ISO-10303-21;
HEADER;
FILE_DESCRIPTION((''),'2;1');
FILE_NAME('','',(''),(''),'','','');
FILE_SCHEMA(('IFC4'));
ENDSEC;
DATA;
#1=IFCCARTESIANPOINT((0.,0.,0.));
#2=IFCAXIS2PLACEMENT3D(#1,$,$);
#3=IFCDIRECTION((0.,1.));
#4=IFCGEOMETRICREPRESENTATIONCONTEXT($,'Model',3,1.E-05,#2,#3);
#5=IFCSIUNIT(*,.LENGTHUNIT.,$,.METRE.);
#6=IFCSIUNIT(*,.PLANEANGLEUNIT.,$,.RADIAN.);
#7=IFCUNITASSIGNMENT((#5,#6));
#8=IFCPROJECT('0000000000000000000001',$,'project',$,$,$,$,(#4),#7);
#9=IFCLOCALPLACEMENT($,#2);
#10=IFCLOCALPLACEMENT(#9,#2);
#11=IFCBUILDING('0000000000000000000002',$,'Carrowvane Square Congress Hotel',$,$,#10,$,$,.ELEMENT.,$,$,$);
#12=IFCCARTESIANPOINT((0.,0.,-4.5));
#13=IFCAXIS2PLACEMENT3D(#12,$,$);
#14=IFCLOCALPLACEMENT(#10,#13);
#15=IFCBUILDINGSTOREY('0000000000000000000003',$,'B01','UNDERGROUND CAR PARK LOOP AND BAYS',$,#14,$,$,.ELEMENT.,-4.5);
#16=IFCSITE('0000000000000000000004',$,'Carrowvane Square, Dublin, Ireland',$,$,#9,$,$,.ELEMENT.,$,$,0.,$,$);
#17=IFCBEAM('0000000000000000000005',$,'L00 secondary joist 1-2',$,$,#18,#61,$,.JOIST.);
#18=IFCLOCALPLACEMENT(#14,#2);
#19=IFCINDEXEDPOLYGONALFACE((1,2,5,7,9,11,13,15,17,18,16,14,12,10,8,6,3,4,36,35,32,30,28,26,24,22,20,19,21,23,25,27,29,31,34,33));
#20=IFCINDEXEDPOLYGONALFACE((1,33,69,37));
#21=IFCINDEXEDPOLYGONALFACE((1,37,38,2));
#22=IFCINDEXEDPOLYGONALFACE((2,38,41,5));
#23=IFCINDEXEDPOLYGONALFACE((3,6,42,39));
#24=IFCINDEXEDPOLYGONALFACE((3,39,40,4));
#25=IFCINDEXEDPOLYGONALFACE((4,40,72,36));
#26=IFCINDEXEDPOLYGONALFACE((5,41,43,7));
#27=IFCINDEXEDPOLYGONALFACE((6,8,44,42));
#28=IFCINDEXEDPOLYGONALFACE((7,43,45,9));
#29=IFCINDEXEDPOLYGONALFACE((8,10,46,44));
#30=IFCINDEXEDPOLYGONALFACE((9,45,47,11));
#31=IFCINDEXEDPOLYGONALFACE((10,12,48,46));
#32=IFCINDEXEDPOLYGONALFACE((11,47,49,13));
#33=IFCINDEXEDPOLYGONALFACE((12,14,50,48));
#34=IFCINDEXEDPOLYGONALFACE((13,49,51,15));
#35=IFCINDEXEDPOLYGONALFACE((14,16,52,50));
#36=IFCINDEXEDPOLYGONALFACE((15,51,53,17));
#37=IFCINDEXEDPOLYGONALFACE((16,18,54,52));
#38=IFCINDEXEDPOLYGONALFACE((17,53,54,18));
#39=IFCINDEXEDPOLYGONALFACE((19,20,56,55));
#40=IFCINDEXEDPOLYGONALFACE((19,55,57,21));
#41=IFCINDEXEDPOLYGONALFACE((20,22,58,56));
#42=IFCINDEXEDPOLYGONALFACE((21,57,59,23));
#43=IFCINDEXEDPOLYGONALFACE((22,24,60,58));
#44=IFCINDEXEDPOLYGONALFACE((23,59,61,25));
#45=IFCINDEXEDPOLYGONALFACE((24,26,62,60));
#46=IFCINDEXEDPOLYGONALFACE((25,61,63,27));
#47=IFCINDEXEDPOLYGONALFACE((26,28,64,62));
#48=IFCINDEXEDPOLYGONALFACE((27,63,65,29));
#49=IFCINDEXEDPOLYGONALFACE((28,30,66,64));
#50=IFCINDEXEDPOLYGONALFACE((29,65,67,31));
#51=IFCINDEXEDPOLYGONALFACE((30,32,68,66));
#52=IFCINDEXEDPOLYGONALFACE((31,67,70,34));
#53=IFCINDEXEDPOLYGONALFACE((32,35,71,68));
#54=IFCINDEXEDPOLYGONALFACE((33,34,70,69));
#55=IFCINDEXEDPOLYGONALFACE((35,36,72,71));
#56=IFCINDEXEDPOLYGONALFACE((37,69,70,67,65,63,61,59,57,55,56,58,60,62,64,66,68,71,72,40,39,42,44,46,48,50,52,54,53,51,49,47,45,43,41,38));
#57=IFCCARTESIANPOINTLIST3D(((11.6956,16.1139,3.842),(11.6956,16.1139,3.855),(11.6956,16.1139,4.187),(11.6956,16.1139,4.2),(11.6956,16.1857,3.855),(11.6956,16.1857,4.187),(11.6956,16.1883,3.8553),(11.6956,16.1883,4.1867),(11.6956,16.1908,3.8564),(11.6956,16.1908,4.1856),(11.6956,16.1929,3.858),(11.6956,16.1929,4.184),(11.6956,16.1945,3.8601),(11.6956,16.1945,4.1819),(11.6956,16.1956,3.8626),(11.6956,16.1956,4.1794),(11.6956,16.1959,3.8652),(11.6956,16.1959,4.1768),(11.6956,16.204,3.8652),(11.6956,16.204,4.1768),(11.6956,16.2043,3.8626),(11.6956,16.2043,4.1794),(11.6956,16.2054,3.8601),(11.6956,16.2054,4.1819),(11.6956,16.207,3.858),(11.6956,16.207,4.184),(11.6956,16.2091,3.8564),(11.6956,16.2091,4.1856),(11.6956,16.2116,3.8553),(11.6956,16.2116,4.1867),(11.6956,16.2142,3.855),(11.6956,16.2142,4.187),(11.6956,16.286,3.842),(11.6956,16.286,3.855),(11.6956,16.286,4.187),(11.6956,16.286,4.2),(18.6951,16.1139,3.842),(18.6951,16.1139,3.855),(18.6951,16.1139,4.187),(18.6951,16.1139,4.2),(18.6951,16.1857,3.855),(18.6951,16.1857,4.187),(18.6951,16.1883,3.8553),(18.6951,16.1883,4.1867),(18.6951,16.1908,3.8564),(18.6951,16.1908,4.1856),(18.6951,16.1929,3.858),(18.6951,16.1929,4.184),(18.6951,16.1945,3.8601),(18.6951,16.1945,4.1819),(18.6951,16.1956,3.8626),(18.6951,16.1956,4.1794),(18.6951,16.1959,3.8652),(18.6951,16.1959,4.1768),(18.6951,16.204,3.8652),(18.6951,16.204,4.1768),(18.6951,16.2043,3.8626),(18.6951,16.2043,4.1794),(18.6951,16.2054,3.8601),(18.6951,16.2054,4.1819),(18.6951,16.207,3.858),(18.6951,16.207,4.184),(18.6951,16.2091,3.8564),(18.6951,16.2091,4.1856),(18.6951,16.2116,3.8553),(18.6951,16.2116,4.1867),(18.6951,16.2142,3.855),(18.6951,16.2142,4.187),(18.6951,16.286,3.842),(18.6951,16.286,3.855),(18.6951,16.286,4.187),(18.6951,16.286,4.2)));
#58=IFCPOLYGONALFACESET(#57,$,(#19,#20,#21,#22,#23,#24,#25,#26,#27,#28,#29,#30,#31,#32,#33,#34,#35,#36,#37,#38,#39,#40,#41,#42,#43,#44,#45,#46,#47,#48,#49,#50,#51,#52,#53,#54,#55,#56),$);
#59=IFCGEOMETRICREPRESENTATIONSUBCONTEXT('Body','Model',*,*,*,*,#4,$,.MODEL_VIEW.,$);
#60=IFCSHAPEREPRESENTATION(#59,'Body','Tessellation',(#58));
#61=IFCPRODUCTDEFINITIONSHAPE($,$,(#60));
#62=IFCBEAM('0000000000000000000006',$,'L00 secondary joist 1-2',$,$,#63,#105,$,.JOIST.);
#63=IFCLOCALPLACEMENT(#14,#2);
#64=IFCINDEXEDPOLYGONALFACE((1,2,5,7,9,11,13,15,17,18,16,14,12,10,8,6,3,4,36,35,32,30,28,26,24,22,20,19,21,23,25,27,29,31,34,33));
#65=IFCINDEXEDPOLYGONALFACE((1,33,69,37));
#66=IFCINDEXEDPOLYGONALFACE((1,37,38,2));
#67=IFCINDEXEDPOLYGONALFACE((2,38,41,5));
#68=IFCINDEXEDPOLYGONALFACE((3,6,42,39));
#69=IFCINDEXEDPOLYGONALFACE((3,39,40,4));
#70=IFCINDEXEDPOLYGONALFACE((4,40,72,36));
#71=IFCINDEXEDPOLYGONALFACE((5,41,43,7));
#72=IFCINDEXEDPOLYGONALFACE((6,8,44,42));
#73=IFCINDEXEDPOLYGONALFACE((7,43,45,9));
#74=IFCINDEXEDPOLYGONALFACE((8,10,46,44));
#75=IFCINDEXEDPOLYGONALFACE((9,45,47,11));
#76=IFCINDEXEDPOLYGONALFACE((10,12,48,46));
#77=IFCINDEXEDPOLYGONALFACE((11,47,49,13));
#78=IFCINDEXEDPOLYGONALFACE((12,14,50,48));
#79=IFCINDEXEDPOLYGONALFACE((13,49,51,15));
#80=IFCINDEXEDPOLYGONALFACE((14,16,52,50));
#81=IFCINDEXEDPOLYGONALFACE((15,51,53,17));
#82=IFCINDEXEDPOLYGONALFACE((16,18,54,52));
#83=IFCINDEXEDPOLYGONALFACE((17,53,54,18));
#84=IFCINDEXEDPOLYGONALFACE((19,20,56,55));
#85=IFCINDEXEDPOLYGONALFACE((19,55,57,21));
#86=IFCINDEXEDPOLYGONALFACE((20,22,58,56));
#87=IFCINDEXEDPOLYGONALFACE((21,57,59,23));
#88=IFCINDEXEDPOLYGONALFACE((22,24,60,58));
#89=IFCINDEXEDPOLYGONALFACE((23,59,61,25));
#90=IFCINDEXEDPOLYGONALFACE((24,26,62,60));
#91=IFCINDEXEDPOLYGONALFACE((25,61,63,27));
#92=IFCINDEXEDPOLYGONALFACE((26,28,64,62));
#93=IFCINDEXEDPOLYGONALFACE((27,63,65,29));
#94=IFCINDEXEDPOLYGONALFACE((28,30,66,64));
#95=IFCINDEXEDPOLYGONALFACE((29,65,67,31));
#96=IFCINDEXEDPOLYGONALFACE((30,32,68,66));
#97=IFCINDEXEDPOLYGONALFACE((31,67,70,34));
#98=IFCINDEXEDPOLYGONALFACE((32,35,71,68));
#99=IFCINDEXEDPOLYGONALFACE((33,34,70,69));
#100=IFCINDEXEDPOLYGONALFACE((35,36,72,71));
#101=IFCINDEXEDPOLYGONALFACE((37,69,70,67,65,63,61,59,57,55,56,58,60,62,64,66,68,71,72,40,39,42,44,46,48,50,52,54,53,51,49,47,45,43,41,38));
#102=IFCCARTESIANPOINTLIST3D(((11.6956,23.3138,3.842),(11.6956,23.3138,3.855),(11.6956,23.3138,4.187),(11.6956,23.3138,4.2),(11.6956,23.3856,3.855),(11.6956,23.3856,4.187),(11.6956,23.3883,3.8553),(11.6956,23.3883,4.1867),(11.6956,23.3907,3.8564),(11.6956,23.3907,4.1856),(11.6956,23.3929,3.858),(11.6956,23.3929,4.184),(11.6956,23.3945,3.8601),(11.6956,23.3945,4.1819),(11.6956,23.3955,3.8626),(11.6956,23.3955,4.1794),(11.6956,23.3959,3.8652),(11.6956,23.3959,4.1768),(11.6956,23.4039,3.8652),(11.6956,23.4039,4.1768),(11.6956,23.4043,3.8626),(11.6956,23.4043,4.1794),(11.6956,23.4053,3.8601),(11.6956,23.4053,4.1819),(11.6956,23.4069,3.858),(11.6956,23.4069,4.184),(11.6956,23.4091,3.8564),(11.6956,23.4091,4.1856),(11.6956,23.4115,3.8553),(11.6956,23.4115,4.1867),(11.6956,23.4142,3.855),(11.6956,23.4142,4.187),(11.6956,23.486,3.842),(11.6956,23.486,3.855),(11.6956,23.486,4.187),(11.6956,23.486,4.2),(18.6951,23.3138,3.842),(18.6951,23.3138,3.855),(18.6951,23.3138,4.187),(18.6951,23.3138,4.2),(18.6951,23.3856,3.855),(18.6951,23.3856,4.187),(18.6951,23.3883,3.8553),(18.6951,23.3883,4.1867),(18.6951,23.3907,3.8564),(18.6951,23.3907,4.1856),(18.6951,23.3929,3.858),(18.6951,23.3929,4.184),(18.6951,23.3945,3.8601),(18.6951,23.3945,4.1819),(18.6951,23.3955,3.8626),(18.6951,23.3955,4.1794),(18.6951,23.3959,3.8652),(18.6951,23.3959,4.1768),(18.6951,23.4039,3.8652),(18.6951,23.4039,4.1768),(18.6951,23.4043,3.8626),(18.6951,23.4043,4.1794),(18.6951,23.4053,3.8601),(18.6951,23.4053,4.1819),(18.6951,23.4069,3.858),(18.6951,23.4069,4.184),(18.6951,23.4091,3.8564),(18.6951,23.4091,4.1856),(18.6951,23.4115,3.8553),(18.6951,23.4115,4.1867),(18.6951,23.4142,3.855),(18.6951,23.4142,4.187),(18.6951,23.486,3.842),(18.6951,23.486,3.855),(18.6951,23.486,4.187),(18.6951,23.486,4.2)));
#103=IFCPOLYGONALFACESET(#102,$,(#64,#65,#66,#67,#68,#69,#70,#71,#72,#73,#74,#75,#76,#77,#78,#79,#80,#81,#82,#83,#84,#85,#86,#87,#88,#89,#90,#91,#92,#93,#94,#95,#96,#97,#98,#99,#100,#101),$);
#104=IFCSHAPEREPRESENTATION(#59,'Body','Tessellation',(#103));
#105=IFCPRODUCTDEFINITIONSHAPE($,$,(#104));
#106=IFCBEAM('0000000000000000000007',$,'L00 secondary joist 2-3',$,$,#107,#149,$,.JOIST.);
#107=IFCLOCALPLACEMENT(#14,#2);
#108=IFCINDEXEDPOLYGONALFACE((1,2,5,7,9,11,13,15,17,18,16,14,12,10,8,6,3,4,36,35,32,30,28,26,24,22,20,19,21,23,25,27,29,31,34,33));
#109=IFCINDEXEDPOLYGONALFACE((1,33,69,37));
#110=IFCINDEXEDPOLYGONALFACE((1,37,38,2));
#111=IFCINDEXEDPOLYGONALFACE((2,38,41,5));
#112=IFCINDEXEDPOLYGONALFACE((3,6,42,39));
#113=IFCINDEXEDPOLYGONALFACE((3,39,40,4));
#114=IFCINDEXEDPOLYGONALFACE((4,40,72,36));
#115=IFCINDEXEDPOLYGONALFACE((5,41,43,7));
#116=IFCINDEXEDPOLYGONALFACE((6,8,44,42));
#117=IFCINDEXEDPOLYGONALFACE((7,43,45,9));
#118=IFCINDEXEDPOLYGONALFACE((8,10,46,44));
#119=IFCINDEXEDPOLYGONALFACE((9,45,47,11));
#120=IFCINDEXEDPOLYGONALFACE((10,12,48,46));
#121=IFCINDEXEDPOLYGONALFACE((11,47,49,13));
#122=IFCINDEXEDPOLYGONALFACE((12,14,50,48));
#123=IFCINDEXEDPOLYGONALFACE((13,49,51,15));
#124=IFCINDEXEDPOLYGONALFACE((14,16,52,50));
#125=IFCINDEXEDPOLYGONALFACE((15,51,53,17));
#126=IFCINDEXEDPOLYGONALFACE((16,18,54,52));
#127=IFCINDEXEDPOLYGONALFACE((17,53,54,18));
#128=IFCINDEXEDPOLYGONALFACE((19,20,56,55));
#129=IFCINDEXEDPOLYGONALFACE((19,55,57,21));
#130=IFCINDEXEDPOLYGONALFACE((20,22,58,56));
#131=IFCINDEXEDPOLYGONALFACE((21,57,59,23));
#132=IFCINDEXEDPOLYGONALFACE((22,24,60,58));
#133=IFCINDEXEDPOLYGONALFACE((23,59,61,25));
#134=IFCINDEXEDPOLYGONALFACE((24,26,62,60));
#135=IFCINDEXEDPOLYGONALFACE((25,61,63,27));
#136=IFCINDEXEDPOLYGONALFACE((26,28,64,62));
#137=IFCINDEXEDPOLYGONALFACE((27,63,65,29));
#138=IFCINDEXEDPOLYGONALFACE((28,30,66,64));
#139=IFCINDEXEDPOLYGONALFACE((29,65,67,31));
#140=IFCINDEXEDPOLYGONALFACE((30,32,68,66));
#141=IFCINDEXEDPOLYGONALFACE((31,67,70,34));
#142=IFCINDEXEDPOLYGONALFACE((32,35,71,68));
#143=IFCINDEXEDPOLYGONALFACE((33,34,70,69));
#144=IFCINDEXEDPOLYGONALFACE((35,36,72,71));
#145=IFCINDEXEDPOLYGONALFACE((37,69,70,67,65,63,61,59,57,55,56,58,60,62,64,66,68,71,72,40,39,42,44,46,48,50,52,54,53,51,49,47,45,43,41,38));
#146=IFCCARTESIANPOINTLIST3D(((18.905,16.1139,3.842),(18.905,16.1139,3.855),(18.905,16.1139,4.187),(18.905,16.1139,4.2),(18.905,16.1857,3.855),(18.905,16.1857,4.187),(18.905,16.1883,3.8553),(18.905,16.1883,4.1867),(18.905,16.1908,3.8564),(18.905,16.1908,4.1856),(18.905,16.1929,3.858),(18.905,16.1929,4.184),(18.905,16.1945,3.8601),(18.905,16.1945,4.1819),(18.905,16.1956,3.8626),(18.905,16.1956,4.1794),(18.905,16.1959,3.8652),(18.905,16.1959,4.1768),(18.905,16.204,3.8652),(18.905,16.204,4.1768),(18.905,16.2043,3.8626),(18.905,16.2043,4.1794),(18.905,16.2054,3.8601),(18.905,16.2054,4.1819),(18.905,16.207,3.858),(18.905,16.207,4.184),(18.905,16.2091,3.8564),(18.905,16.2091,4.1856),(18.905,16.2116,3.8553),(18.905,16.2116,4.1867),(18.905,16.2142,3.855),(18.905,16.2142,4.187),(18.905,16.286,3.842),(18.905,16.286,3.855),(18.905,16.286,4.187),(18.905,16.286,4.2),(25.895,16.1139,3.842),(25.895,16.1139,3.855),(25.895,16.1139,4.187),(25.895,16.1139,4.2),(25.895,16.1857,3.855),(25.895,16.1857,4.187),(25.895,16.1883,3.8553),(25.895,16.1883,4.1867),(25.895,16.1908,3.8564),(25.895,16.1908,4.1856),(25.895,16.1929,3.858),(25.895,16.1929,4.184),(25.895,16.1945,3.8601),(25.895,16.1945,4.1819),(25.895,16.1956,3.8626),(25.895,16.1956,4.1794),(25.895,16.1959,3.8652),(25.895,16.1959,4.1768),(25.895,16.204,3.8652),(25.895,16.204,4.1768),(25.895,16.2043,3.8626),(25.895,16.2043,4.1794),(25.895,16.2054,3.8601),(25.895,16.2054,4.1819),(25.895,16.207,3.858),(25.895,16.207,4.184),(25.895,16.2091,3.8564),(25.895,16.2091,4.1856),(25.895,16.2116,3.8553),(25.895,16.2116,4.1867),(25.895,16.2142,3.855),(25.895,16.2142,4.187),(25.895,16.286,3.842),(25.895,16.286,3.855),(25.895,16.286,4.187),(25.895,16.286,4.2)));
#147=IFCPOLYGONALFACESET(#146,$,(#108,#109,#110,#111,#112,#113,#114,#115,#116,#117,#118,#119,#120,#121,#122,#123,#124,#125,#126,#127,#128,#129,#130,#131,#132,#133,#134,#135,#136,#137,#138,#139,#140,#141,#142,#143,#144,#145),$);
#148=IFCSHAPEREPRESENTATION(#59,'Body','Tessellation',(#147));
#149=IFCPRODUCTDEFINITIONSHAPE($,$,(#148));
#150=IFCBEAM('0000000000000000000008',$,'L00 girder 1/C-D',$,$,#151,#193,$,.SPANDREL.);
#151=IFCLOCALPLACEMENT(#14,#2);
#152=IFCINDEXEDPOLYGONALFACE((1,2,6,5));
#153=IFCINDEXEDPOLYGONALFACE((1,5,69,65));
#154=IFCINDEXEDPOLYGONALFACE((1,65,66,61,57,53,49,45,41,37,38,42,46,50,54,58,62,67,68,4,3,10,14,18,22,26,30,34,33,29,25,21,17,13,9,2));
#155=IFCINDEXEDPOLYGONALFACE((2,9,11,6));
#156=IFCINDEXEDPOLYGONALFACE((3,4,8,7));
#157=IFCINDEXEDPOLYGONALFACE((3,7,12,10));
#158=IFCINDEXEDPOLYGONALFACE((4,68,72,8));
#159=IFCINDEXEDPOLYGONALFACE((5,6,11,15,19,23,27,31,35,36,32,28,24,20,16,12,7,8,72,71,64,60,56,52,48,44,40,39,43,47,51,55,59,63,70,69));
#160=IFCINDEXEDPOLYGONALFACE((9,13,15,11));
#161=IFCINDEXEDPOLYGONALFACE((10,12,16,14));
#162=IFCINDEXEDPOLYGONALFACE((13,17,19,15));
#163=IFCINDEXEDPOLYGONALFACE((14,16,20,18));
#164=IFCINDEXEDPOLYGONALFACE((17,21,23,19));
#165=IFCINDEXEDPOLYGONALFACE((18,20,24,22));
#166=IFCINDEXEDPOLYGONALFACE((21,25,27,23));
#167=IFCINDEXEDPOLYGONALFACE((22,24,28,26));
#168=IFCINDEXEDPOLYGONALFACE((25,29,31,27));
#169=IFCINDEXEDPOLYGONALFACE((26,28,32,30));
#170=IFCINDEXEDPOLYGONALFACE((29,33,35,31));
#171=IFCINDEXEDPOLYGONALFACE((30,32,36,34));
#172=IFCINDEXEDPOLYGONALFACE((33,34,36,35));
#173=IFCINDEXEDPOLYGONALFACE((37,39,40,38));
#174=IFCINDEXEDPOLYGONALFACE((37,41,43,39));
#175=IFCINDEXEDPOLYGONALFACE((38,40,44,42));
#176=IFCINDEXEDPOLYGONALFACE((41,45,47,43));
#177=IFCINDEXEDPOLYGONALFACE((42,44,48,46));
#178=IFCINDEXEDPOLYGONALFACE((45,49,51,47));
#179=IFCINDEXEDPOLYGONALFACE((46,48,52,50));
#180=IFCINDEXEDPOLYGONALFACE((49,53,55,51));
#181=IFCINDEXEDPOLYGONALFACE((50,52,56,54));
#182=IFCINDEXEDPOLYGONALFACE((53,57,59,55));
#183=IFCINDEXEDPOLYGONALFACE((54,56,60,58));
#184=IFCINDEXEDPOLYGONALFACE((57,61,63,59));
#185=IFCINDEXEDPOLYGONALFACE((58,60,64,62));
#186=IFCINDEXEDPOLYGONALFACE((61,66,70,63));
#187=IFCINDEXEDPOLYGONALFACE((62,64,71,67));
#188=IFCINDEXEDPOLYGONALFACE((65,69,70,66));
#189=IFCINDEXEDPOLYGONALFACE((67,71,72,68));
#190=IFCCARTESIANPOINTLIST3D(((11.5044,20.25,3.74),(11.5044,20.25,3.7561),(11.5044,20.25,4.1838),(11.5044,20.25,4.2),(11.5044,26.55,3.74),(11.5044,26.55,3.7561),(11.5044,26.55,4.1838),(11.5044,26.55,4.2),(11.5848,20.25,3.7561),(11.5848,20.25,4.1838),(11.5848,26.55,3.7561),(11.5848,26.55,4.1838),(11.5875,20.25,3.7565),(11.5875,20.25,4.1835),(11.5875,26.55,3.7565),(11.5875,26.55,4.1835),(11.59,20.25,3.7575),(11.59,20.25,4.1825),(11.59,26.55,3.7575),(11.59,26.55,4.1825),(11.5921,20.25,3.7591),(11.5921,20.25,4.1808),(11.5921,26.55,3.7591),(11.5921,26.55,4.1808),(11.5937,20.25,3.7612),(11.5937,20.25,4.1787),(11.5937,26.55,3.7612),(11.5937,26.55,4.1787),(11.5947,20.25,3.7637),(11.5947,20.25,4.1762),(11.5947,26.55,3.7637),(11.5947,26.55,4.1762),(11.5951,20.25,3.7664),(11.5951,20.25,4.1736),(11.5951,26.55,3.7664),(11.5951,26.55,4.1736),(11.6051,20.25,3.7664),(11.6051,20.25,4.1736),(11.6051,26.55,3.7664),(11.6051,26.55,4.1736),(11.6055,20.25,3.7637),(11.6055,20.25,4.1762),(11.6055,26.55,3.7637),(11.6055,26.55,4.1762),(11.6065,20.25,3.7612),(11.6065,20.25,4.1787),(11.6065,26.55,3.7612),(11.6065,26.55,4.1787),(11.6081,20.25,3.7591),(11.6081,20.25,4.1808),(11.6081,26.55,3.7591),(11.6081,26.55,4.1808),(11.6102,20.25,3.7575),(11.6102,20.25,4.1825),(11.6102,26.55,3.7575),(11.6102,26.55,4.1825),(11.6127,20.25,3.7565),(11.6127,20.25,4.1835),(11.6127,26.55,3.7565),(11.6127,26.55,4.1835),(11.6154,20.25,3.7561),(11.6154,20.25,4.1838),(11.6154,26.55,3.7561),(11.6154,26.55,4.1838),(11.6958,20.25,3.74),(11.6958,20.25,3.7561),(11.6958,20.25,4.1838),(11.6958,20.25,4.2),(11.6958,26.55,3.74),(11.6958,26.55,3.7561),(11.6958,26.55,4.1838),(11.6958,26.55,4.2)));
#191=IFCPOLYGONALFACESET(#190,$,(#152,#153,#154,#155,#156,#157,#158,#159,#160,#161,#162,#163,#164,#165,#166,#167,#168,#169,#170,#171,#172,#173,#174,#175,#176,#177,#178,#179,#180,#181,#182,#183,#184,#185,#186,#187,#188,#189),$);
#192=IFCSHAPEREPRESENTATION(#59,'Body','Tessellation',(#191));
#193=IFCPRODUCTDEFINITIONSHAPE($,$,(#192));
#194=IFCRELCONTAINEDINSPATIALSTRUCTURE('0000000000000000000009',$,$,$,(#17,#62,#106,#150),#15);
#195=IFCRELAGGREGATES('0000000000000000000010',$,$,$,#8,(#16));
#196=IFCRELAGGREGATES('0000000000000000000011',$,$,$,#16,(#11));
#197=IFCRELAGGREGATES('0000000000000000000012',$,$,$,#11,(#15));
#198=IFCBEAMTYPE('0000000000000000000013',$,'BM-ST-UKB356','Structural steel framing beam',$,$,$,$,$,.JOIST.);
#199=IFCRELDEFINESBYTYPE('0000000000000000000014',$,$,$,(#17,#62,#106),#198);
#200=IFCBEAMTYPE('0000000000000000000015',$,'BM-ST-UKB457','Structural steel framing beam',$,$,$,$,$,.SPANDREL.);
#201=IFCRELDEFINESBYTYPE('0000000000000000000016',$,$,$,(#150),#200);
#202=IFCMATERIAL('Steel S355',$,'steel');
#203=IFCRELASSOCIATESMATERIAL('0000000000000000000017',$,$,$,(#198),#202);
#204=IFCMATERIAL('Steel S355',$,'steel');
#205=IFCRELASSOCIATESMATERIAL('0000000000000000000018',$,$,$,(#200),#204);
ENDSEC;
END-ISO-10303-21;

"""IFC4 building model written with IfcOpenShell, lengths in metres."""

from ifc_helpers import new_model, si_unit, direction, frame, origin, origin_2d, place, context, subcontext, project, spatial, i_section, extrude, material, material_profile, profile_set, type_object, element, save


model = new_model("IFC4")

# Units and contexts
model_context = context("Model", 3, precision=1e-05, world=origin(), true_north=direction((0.0, 1.0)))
body_context = subcontext(model_context, "Body", "Model", "MODEL_VIEW")
ifc_project = project(units=[si_unit("LENGTHUNIT", "METRE"), si_unit("PLANEANGLEUNIT", "RADIAN")], contexts=[model_context])

# Site, building, storey
site_placement = place(None, origin())
site = spatial("IfcSite", under=ifc_project, at=site_placement, Name="Carrowvane Square, Dublin, Ireland", CompositionType="ELEMENT", RefElevation=0.0)
building_placement = place(site_placement, origin())
building = spatial("IfcBuilding", under=site, at=building_placement, Name="Carrowvane Square Congress Hotel", CompositionType="ELEMENT")
storey_placement = place(building_placement, frame((0.0, 0.0, -4.5)))
storey = spatial("IfcBuildingStorey", under=building, at=storey_placement, Name="B01", Description="UNDERGROUND CAR PARK LOOP AND BAYS", CompositionType="ELEMENT", Elevation=-4.5)

# Beams
ifc_material_1 = material(Name="Steel S355", Category="steel")
ifc_material_profile_1 = material_profile(ifc_material_1, i_section(OverallWidth=0.1721, OverallDepth=0.3579, WebThickness=0.0081, FlangeThickness=0.0129, FilletRadius=0.0103, at=origin_2d()), Name="UKB 356x171x57")
ifc_profile_set_1 = profile_set([ifc_material_profile_1], Name="Steel S355")
beam_type_1 = type_object("IfcBeamType", Name="BM-ST-UKB356", Description="Structural steel framing beam", PredefinedType="JOIST", material=ifc_profile_set_1)
for number, where, z_axis, x_axis, name in (
    (1, (11.6956, 16.2, 4.021), (1.0, 0.0, 0.0), (0.0, 1.0, 0.0), "L00 secondary joist 1-2"),
    (2, (11.6956, 23.3999, 4.021), (1.0, 0.0, 0.0), (0.0, 1.0, 0.0), "L00 secondary joist 1-2"),
):
    element("IfcBeam", number, at=place(storey_placement, frame(where, z_axis=z_axis, x_axis=x_axis)), inside=storey, type_object=beam_type_1, Name=name, PredefinedType="JOIST", context=body_context, shape_type="SweptSolid", body=[
        extrude(i_section(OverallWidth=0.1721, OverallDepth=0.3579, WebThickness=0.0081, FlangeThickness=0.0129, FilletRadius=0.0103, at=origin_2d()), origin(), (0.0, 0.0, 1.0), 6.9995),
    ])
beam_1_placement = place(storey_placement, frame((18.905, 16.2, 4.021), z_axis=(1.0, 0.0, 0.0), x_axis=(0.0, 1.0, 0.0)))
element("IfcBeam", 3, at=beam_1_placement, inside=storey, type_object=beam_type_1, Name="L00 secondary joist 2-3", PredefinedType="JOIST", context=body_context, shape_type="SweptSolid", body=[
    extrude(i_section(OverallWidth=0.1721, OverallDepth=0.3579, WebThickness=0.0081, FlangeThickness=0.0129, FilletRadius=0.0103, at=origin_2d()), origin(), (0.0, 0.0, 1.0), 6.99),
])
ifc_material_2 = material(Name="Steel S355", Category="steel")
ifc_material_profile_2 = material_profile(ifc_material_2, i_section(OverallWidth=0.1914, OverallDepth=0.46, WebThickness=0.01, FlangeThickness=0.0161, FilletRadius=0.0103, at=origin_2d()), Name="UKB 457x191x82")
ifc_profile_set_2 = profile_set([ifc_material_profile_2], Name="Steel S355")
beam_type_2 = type_object("IfcBeamType", Name="BM-ST-UKB457", Description="Structural steel framing beam", PredefinedType="SPANDREL", material=ifc_profile_set_2)
beam_2_placement = place(storey_placement, frame((11.6001, 20.25, 3.97), z_axis=(0.0, 1.0, 0.0), x_axis=(-1.0, 0.0, 0.0)))
element("IfcBeam", 4, at=beam_2_placement, inside=storey, type_object=beam_type_2, Name="L00 girder 1/C-D", PredefinedType="SPANDREL", context=body_context, shape_type="SweptSolid", body=[
    extrude(i_section(OverallWidth=0.1914, OverallDepth=0.46, WebThickness=0.01, FlangeThickness=0.0161, FilletRadius=0.0103, at=origin_2d()), origin(), (0.0, 0.0, 1.0), 6.3),
])

save(model, "model.ifc")
